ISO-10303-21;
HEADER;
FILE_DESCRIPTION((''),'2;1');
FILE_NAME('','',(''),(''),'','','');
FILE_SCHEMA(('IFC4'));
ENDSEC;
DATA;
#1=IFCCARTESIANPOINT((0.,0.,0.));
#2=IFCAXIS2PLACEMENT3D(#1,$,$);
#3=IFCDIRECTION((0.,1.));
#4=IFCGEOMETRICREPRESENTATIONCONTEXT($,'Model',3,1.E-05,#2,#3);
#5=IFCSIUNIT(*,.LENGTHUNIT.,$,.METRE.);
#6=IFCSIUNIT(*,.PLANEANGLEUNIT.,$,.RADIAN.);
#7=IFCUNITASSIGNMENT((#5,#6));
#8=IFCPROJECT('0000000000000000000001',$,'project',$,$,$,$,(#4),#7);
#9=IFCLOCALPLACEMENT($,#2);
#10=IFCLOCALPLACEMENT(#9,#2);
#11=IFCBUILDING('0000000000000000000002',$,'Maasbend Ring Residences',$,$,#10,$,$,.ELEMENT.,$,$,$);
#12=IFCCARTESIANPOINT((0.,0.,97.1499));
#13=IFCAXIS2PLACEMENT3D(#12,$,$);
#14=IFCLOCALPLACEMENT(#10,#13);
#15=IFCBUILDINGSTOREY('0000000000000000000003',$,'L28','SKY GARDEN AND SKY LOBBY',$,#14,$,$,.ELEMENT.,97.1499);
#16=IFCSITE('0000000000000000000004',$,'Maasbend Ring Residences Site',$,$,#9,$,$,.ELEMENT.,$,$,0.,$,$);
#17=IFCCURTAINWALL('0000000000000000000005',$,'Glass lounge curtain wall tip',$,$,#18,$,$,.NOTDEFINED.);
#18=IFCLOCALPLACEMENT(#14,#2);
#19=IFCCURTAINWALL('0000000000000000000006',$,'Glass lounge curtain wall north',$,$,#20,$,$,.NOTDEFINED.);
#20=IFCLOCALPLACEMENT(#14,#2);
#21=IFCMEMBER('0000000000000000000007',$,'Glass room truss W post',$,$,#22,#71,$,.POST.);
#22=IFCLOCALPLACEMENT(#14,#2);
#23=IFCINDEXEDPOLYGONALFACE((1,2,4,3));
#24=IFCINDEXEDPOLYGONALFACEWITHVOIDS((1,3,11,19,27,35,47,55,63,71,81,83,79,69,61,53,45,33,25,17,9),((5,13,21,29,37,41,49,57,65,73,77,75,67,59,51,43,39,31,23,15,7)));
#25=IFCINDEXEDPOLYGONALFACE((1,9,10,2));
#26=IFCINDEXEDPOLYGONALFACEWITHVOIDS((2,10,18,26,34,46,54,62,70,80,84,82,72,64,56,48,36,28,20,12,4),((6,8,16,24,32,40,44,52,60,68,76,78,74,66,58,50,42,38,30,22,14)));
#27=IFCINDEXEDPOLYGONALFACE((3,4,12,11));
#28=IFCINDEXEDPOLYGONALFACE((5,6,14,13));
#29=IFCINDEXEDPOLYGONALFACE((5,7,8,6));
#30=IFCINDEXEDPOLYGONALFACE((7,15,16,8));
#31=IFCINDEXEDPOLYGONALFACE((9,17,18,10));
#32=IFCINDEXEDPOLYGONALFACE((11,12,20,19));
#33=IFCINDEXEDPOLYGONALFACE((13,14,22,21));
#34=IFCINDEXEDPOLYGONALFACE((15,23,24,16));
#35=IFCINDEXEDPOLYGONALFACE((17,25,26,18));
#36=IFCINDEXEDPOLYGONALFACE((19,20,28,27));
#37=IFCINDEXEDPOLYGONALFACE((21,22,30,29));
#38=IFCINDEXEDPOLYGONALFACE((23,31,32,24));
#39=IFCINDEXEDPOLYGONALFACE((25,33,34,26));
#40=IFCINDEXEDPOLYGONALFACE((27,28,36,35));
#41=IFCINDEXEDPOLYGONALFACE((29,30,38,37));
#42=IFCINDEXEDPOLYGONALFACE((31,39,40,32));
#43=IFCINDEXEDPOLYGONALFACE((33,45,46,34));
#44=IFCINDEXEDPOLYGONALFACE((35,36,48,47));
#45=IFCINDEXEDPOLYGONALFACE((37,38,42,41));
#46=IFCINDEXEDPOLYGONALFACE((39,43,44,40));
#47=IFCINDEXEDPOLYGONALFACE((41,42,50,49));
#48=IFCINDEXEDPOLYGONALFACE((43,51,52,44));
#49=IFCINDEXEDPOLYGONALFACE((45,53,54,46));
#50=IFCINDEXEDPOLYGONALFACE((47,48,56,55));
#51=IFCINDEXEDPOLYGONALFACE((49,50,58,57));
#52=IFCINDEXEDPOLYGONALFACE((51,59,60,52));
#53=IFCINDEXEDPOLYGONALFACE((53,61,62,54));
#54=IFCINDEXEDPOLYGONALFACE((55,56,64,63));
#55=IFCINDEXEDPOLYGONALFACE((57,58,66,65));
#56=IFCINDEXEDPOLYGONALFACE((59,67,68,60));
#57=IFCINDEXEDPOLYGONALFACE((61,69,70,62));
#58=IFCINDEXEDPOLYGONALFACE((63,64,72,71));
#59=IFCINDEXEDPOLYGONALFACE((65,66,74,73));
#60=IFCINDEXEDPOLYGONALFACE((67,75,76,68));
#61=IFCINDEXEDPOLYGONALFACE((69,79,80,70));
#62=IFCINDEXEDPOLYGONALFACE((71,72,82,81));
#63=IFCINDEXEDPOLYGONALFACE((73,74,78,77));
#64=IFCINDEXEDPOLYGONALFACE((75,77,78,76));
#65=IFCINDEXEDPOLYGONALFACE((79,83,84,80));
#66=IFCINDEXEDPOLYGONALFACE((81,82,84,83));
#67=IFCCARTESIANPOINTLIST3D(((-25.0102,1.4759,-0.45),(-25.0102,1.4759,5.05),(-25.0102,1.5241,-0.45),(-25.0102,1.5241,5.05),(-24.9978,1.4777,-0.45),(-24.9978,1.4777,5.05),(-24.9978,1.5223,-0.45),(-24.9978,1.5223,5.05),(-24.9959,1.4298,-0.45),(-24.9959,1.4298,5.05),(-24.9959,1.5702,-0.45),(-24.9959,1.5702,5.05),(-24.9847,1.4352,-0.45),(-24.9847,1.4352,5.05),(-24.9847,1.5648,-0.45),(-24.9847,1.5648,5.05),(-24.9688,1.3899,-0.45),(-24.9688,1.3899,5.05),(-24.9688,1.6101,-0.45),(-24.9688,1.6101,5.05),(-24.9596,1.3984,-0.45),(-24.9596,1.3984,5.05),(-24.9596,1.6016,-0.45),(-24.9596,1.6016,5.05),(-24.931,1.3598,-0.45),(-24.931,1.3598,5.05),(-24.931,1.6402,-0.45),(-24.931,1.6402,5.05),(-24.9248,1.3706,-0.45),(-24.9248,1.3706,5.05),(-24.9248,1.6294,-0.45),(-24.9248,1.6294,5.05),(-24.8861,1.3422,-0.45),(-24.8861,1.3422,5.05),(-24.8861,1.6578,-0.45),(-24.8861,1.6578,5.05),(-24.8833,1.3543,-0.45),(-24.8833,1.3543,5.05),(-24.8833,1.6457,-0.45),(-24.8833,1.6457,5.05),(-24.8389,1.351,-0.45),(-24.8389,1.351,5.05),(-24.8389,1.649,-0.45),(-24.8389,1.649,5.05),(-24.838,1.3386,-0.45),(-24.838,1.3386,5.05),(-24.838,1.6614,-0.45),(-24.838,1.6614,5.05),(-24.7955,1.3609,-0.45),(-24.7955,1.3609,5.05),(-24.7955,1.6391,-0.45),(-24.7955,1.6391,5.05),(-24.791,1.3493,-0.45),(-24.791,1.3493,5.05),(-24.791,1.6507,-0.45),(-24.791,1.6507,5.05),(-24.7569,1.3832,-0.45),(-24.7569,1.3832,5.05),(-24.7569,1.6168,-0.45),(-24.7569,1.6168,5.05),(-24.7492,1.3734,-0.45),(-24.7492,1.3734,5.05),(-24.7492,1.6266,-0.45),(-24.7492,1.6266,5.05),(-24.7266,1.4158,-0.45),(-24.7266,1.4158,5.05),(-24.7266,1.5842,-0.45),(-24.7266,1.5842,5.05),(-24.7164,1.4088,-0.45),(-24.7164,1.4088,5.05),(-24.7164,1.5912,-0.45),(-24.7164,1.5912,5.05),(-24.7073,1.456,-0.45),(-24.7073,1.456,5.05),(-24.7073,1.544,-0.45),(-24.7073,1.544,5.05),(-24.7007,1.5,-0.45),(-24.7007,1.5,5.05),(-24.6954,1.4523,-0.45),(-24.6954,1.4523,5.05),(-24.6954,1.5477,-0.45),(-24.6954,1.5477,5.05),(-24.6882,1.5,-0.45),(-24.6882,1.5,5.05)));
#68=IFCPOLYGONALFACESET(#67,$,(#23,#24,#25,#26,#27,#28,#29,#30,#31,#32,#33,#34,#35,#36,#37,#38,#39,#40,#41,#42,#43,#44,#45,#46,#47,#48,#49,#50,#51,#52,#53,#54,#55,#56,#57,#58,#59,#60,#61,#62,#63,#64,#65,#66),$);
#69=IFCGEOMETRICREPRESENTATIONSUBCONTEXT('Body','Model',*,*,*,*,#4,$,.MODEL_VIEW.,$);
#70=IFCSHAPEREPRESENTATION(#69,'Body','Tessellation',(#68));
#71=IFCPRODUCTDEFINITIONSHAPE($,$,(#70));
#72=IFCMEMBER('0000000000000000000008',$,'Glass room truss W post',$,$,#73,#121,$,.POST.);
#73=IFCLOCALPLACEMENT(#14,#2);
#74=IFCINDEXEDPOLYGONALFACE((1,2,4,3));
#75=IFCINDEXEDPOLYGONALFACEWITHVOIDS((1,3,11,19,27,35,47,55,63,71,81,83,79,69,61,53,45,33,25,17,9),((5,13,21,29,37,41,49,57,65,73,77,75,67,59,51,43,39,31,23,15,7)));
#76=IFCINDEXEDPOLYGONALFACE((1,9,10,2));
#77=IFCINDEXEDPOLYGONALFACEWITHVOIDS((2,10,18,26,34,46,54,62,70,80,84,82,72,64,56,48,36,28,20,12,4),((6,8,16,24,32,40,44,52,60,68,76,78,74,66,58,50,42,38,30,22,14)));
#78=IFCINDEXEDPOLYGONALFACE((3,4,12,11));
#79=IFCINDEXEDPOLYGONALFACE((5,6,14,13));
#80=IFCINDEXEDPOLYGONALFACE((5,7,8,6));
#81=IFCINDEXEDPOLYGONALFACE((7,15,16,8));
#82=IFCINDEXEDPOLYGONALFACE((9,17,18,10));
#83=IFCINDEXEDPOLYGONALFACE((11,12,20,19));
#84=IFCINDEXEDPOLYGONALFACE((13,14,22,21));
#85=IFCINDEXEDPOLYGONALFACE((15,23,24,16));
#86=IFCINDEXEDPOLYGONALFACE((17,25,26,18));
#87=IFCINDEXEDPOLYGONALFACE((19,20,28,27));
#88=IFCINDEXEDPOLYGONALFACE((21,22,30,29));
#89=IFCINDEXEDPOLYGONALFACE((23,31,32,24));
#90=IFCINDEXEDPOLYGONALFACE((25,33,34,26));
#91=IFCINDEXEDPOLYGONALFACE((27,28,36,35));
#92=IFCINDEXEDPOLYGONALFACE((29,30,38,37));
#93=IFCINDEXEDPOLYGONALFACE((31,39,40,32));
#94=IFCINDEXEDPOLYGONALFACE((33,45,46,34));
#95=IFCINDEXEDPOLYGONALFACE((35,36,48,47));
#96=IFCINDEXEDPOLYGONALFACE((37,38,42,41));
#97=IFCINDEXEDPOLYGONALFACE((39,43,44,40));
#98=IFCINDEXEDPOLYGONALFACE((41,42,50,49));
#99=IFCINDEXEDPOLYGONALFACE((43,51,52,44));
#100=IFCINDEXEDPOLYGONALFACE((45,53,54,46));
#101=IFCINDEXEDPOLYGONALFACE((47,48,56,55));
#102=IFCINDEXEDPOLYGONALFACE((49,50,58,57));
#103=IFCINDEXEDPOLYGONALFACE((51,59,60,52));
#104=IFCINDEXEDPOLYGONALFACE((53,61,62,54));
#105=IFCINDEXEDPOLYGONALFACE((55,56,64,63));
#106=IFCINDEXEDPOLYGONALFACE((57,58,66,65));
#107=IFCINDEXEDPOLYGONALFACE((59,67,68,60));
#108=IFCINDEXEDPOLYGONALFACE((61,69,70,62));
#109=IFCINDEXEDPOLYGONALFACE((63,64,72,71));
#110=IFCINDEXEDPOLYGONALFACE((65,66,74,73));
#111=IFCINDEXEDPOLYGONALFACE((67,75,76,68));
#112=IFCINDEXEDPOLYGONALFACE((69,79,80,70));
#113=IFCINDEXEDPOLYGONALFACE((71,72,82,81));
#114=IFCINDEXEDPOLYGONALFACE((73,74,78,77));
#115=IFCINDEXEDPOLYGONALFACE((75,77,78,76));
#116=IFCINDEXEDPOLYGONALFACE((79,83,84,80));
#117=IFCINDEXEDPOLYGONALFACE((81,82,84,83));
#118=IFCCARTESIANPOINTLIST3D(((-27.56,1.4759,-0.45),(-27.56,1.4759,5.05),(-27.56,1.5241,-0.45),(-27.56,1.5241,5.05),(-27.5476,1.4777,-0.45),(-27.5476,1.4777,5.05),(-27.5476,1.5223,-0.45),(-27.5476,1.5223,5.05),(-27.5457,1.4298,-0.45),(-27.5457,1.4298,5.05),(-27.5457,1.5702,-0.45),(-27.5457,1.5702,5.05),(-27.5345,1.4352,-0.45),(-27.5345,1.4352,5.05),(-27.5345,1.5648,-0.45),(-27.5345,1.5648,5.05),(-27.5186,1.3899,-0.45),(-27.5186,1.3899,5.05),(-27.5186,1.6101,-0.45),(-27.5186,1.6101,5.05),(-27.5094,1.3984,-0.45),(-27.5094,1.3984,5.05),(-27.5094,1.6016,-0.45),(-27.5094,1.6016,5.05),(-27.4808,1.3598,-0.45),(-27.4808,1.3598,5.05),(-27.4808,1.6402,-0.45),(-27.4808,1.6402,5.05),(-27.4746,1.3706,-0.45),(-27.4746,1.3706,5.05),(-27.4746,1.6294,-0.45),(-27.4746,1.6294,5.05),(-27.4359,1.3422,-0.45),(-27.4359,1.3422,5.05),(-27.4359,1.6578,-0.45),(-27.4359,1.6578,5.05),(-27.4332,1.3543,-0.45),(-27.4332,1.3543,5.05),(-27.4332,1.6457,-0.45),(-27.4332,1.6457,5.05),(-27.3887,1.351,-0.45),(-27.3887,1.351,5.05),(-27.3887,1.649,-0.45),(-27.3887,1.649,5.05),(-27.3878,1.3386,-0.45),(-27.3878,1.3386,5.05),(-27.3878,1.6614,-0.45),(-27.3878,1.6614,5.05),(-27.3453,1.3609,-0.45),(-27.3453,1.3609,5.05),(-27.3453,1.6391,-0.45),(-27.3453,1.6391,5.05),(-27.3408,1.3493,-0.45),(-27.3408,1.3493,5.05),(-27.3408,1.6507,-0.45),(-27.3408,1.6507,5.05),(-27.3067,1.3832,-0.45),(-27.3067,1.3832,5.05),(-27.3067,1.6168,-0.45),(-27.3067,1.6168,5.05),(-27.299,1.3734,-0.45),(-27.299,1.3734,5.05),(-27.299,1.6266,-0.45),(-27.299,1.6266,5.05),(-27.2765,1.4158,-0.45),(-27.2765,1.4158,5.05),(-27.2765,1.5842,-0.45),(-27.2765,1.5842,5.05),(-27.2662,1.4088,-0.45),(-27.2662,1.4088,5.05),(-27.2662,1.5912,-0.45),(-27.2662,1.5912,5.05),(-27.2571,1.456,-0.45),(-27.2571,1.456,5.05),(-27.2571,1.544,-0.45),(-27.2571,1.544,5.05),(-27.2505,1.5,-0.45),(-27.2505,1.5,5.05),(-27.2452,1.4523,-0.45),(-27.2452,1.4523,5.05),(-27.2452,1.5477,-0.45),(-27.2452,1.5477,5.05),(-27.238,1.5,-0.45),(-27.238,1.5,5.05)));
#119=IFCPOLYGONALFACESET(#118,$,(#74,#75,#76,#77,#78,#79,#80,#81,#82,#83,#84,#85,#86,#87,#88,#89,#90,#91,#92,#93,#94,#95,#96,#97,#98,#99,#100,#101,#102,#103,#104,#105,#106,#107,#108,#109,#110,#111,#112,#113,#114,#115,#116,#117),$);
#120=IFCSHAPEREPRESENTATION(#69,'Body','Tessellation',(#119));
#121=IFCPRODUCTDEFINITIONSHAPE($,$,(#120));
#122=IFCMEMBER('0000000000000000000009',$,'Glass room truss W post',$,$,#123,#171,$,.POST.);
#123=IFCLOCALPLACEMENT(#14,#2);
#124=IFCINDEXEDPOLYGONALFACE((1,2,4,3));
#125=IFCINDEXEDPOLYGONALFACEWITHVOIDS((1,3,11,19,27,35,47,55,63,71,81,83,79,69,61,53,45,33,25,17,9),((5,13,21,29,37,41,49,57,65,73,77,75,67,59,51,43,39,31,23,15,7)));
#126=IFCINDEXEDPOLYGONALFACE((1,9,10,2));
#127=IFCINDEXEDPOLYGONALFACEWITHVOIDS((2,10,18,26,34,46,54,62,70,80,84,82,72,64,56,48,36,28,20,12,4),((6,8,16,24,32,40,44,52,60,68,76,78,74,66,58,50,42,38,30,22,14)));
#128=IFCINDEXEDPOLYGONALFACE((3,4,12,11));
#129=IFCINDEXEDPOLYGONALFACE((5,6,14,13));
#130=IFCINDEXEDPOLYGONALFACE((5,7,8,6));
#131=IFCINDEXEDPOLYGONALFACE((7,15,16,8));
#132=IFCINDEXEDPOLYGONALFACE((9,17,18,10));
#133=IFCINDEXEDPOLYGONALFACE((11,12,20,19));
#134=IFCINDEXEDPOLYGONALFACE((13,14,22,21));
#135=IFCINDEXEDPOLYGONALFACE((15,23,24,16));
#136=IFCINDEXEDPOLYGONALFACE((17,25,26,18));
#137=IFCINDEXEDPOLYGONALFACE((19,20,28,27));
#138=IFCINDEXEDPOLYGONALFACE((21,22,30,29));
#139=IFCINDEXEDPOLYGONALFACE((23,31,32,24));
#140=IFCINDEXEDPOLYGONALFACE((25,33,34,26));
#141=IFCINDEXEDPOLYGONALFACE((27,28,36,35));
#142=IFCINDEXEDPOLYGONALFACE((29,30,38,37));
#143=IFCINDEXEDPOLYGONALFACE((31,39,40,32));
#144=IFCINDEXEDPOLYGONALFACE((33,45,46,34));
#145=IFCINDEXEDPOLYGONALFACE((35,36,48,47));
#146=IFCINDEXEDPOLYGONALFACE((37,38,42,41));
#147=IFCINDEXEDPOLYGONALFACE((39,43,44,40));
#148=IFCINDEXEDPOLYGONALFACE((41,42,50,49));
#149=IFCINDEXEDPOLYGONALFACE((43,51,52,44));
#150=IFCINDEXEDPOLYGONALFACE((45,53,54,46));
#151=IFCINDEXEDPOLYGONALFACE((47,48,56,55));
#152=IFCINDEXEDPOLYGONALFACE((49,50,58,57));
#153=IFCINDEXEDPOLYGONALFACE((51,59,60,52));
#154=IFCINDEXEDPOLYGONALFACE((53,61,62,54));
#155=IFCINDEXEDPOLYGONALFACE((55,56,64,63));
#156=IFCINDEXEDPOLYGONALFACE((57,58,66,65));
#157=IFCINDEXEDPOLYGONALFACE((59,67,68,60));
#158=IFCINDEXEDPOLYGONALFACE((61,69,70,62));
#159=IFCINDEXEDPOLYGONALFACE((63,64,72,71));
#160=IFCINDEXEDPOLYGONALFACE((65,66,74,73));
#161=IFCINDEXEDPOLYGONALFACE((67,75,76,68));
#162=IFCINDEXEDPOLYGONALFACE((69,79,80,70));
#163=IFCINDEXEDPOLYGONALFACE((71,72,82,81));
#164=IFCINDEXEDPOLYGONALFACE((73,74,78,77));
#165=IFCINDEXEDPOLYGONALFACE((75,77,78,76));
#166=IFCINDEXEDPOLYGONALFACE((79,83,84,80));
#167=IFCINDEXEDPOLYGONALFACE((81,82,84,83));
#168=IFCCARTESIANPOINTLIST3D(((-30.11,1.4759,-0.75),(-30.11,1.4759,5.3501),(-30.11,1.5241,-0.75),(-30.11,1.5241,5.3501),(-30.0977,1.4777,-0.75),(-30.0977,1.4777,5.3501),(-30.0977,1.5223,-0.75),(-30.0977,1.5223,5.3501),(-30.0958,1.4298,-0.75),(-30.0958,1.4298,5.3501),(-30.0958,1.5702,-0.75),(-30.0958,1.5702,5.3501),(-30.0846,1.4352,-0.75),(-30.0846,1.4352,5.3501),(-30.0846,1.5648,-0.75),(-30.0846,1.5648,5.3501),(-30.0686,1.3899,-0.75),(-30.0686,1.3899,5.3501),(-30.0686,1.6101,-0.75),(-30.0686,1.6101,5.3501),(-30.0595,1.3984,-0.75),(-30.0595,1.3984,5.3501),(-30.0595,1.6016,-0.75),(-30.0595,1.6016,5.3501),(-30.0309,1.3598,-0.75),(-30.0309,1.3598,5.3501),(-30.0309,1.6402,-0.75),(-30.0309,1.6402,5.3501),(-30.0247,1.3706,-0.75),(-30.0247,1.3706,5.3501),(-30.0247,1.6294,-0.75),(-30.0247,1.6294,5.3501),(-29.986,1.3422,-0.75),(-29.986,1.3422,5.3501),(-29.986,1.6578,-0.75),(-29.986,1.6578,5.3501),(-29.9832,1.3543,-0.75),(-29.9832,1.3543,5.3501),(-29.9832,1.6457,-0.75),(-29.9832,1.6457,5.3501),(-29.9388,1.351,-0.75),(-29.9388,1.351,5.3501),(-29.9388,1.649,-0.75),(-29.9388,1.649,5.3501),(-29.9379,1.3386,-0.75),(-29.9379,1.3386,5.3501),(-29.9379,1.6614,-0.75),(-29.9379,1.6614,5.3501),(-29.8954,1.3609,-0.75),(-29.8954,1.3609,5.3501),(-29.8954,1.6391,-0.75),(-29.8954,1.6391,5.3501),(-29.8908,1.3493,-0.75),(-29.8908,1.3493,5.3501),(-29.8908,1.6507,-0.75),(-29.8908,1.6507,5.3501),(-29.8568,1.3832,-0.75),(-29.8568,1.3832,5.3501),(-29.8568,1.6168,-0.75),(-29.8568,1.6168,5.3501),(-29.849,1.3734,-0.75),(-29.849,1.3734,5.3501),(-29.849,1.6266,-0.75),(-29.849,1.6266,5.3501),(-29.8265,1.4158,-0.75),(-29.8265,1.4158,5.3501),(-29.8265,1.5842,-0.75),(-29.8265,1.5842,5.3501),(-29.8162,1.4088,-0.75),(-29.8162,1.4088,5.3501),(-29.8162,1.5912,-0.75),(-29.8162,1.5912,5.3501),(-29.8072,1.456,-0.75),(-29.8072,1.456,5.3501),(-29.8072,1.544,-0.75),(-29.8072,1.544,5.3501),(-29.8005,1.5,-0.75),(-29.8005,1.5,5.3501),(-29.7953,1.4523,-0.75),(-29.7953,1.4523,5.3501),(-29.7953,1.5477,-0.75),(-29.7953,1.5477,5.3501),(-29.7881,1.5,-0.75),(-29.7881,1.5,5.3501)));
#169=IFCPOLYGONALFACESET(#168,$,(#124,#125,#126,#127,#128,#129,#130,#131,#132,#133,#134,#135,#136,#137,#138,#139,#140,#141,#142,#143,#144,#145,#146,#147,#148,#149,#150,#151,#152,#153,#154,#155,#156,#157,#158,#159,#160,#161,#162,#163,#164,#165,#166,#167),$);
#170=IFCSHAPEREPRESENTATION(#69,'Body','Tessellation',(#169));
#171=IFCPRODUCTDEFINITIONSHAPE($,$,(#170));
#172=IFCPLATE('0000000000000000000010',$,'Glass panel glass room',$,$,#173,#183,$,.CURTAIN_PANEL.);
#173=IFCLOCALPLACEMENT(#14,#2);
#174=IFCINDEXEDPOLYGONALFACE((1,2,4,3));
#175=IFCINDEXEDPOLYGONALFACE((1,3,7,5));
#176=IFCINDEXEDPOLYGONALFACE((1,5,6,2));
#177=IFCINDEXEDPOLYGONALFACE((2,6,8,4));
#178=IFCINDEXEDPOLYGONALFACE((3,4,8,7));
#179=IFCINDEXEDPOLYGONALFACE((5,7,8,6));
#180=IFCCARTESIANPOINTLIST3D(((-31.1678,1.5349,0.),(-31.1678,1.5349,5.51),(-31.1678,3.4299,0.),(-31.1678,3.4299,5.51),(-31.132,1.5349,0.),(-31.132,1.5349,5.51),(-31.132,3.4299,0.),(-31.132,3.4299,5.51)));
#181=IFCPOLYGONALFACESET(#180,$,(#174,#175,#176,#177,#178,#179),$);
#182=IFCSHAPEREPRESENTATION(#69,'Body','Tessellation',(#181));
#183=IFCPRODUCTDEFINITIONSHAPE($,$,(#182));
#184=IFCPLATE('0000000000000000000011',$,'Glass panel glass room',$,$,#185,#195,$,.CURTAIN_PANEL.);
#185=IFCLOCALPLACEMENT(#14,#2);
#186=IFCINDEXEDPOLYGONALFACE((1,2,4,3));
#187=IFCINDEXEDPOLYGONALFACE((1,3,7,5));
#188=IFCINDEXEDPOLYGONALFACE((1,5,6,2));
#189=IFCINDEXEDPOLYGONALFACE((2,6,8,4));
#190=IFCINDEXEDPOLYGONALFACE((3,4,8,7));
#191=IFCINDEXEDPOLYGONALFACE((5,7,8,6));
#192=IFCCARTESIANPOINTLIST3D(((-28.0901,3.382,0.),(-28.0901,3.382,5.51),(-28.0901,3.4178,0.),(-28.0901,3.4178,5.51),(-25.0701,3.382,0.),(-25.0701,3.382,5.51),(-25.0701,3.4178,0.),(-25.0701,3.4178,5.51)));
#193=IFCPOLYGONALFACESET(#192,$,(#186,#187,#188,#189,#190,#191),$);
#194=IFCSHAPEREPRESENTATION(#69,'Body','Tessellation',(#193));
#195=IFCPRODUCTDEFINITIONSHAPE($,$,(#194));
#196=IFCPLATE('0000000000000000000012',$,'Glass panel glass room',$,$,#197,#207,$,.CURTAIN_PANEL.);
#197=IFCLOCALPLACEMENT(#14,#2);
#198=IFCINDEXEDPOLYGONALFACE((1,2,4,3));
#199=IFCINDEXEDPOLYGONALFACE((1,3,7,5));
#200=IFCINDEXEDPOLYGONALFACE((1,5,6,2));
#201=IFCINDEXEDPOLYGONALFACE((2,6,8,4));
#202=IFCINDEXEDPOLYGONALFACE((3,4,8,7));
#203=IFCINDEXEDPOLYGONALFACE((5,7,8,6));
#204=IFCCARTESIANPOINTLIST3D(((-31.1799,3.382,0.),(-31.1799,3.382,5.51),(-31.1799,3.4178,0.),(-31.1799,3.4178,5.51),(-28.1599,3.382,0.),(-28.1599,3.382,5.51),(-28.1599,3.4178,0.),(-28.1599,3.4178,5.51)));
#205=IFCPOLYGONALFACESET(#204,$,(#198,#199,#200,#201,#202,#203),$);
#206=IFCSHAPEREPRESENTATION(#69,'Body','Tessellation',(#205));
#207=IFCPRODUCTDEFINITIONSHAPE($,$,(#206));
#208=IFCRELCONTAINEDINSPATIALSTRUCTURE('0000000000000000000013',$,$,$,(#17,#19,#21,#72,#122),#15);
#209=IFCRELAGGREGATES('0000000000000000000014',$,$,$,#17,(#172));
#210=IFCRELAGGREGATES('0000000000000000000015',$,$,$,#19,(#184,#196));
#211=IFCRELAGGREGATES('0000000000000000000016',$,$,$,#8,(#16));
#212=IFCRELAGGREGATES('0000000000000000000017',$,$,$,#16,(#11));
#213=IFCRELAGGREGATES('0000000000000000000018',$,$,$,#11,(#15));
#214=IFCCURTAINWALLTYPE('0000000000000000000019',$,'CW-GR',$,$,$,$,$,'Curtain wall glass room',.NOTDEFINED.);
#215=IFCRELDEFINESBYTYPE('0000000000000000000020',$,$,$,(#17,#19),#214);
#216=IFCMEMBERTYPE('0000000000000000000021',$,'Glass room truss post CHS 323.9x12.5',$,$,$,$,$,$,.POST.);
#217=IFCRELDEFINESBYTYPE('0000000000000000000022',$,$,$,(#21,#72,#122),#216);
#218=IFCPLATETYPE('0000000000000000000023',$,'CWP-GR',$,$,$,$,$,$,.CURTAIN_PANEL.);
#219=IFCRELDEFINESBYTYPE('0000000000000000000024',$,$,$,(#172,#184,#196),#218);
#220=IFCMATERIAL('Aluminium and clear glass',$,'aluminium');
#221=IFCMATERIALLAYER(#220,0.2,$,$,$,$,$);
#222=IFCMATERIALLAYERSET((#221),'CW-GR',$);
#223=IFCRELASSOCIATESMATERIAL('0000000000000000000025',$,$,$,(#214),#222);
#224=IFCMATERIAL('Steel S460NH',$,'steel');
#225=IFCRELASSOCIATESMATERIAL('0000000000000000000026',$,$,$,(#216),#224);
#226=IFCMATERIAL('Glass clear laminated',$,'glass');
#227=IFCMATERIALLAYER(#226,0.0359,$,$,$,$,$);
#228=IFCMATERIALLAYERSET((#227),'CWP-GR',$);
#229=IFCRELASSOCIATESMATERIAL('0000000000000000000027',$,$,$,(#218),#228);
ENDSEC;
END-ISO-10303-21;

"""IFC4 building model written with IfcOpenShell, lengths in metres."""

from ifc_helpers import new_model, si_unit, direction, frame, origin, origin_2d, place, context, subcontext, project, spatial, rectangle, hollow_circle, extrude, material, layer, layer_set, material_profile, profile_set, type_object, element, aggregate, save


model = new_model("IFC4")

# Units and contexts
model_context = context("Model", 3, precision=1e-05, world=origin(), true_north=direction((0.0, 1.0)))
body_context = subcontext(model_context, "Body", "Model", "MODEL_VIEW")
ifc_project = project(units=[si_unit("LENGTHUNIT", "METRE"), si_unit("PLANEANGLEUNIT", "RADIAN")], contexts=[model_context])

# Site, building, storey
site_placement = place(None, origin())
site = spatial("IfcSite", under=ifc_project, at=site_placement, Name="Maasbend Ring Residences Site", CompositionType="ELEMENT", RefElevation=0.0)
building_placement = place(site_placement, origin())
building = spatial("IfcBuilding", under=site, at=building_placement, Name="Maasbend Ring Residences", CompositionType="ELEMENT")
storey_placement = place(building_placement, frame((0.0, 0.0, 97.1499)))
storey = spatial("IfcBuildingStorey", under=building, at=storey_placement, Name="L28", Description="SKY GARDEN AND SKY LOBBY", CompositionType="ELEMENT", Elevation=97.1499)

# Curtain walls
ifc_material_1 = material(Name="Aluminium and clear glass", Category="aluminium")
ifc_layer_1 = layer(ifc_material_1, 0.2)
ifc_layer_set_1 = layer_set([ifc_layer_1], Name="CW-GR")
curtain_wall_type = type_object("IfcCurtainWallType", Name="CW-GR", ElementType="Curtain wall glass room", PredefinedType="NOTDEFINED", material=ifc_layer_set_1)
curtain_wall_1_placement = place(storey_placement, origin())
curtain_wall_1 = element("IfcCurtainWall", 1, at=curtain_wall_1_placement, inside=storey, type_object=curtain_wall_type, Name="Glass lounge curtain wall tip", PredefinedType="NOTDEFINED")
curtain_wall_2_placement = place(storey_placement, origin())
curtain_wall_2 = element("IfcCurtainWall", 2, at=curtain_wall_2_placement, inside=storey, type_object=curtain_wall_type, Name="Glass lounge curtain wall north", PredefinedType="NOTDEFINED")

# Members
ifc_material_2 = material(Name="Steel S460NH", Category="steel")
ifc_material_profile_1 = material_profile(ifc_material_2, hollow_circle(Radius=0.1619, WallThickness=0.0125, at=origin_2d()), Name="Glass room truss post CHS 323.9x12.5")
ifc_profile_set_1 = profile_set([ifc_material_profile_1], Name="Steel S460NH")
member_type_1 = type_object("IfcMemberType", Name="Glass room truss post CHS 323.9x12.5", PredefinedType="POST", material=ifc_profile_set_1)
for number, where, z_axis, x_axis, name in (
    (3, (-24.8501, 1.5, -0.45), (0.0, 0.0, 1.0), (1.0, 0.0, 0.0), "Glass room truss W post"),
    (4, (-27.3999, 1.5, -0.45), (0.0, 0.0, 1.0), (1.0, 0.0, 0.0), "Glass room truss W post"),
):
    element("IfcMember", number, at=place(storey_placement, frame(where, z_axis=z_axis, x_axis=x_axis)), inside=storey, type_object=member_type_1, Name=name, PredefinedType="POST", context=body_context, shape_type="SweptSolid", body=[
        extrude(hollow_circle(Radius=0.1619, WallThickness=0.0125, at=origin_2d()), origin(), (0.0, 0.0, 1.0), 5.5),
    ])
member_1_placement = place(storey_placement, frame((-29.95, 1.5, -0.75), z_axis=(0.0, 0.0, 1.0), x_axis=(1.0, 0.0, 0.0)))
element("IfcMember", 5, at=member_1_placement, inside=storey, type_object=member_type_1, Name="Glass room truss W post", PredefinedType="POST", context=body_context, shape_type="SweptSolid", body=[
    extrude(hollow_circle(Radius=0.1619, WallThickness=0.0125, at=origin_2d()), origin(), (0.0, 0.0, 1.0), 6.1001),
])

# Plates
ifc_material_3 = material(Name="Glass clear laminated", Category="glass")
ifc_layer_2 = layer(ifc_material_3, 0.0359)
ifc_layer_set_2 = layer_set([ifc_layer_2], Name="CWP-GR")
plate_type = type_object("IfcPlateType", Name="CWP-GR", PredefinedType="CURTAIN_PANEL", material=ifc_layer_set_2)
plate_1_placement = place(storey_placement, frame((-31.1499, 2.4824, 0.0), z_axis=(0.0, 0.0, 1.0), x_axis=(0.0, 1.0, 0.0)))
plate_1 = element("IfcPlate", 6, at=plate_1_placement, type_object=plate_type, Name="Glass panel glass room", PredefinedType="CURTAIN_PANEL", context=body_context, shape_type="SweptSolid", body=[
    extrude(rectangle(XDim=1.895, YDim=0.0359, at=origin_2d()), origin(), (0.0, 0.0, 1.0), 5.51),
])
aggregate(curtain_wall_1, [plate_1])
plate_2_placement = place(storey_placement, frame((-26.5801, 3.3999, 0.0), z_axis=(0.0, 0.0, 1.0), x_axis=(-1.0, 0.0, 0.0)))
plate_2 = element("IfcPlate", 7, at=plate_2_placement, type_object=plate_type, Name="Glass panel glass room", PredefinedType="CURTAIN_PANEL", context=body_context, shape_type="SweptSolid", body=[
    extrude(rectangle(XDim=3.02, YDim=0.0359, at=origin_2d()), origin(), (0.0, 0.0, 1.0), 5.51),
])
plate_3_placement = place(storey_placement, frame((-29.6699, 3.3999, 0.0), z_axis=(0.0, 0.0, 1.0), x_axis=(-1.0, 0.0, 0.0)))
plate_3 = element("IfcPlate", 8, at=plate_3_placement, type_object=plate_type, Name="Glass panel glass room", PredefinedType="CURTAIN_PANEL", context=body_context, shape_type="SweptSolid", body=[
    extrude(rectangle(XDim=3.02, YDim=0.0359, at=origin_2d()), origin(), (0.0, 0.0, 1.0), 5.51),
])
aggregate(curtain_wall_2, [plate_2, plate_3])

save(model, "model.ifc")
